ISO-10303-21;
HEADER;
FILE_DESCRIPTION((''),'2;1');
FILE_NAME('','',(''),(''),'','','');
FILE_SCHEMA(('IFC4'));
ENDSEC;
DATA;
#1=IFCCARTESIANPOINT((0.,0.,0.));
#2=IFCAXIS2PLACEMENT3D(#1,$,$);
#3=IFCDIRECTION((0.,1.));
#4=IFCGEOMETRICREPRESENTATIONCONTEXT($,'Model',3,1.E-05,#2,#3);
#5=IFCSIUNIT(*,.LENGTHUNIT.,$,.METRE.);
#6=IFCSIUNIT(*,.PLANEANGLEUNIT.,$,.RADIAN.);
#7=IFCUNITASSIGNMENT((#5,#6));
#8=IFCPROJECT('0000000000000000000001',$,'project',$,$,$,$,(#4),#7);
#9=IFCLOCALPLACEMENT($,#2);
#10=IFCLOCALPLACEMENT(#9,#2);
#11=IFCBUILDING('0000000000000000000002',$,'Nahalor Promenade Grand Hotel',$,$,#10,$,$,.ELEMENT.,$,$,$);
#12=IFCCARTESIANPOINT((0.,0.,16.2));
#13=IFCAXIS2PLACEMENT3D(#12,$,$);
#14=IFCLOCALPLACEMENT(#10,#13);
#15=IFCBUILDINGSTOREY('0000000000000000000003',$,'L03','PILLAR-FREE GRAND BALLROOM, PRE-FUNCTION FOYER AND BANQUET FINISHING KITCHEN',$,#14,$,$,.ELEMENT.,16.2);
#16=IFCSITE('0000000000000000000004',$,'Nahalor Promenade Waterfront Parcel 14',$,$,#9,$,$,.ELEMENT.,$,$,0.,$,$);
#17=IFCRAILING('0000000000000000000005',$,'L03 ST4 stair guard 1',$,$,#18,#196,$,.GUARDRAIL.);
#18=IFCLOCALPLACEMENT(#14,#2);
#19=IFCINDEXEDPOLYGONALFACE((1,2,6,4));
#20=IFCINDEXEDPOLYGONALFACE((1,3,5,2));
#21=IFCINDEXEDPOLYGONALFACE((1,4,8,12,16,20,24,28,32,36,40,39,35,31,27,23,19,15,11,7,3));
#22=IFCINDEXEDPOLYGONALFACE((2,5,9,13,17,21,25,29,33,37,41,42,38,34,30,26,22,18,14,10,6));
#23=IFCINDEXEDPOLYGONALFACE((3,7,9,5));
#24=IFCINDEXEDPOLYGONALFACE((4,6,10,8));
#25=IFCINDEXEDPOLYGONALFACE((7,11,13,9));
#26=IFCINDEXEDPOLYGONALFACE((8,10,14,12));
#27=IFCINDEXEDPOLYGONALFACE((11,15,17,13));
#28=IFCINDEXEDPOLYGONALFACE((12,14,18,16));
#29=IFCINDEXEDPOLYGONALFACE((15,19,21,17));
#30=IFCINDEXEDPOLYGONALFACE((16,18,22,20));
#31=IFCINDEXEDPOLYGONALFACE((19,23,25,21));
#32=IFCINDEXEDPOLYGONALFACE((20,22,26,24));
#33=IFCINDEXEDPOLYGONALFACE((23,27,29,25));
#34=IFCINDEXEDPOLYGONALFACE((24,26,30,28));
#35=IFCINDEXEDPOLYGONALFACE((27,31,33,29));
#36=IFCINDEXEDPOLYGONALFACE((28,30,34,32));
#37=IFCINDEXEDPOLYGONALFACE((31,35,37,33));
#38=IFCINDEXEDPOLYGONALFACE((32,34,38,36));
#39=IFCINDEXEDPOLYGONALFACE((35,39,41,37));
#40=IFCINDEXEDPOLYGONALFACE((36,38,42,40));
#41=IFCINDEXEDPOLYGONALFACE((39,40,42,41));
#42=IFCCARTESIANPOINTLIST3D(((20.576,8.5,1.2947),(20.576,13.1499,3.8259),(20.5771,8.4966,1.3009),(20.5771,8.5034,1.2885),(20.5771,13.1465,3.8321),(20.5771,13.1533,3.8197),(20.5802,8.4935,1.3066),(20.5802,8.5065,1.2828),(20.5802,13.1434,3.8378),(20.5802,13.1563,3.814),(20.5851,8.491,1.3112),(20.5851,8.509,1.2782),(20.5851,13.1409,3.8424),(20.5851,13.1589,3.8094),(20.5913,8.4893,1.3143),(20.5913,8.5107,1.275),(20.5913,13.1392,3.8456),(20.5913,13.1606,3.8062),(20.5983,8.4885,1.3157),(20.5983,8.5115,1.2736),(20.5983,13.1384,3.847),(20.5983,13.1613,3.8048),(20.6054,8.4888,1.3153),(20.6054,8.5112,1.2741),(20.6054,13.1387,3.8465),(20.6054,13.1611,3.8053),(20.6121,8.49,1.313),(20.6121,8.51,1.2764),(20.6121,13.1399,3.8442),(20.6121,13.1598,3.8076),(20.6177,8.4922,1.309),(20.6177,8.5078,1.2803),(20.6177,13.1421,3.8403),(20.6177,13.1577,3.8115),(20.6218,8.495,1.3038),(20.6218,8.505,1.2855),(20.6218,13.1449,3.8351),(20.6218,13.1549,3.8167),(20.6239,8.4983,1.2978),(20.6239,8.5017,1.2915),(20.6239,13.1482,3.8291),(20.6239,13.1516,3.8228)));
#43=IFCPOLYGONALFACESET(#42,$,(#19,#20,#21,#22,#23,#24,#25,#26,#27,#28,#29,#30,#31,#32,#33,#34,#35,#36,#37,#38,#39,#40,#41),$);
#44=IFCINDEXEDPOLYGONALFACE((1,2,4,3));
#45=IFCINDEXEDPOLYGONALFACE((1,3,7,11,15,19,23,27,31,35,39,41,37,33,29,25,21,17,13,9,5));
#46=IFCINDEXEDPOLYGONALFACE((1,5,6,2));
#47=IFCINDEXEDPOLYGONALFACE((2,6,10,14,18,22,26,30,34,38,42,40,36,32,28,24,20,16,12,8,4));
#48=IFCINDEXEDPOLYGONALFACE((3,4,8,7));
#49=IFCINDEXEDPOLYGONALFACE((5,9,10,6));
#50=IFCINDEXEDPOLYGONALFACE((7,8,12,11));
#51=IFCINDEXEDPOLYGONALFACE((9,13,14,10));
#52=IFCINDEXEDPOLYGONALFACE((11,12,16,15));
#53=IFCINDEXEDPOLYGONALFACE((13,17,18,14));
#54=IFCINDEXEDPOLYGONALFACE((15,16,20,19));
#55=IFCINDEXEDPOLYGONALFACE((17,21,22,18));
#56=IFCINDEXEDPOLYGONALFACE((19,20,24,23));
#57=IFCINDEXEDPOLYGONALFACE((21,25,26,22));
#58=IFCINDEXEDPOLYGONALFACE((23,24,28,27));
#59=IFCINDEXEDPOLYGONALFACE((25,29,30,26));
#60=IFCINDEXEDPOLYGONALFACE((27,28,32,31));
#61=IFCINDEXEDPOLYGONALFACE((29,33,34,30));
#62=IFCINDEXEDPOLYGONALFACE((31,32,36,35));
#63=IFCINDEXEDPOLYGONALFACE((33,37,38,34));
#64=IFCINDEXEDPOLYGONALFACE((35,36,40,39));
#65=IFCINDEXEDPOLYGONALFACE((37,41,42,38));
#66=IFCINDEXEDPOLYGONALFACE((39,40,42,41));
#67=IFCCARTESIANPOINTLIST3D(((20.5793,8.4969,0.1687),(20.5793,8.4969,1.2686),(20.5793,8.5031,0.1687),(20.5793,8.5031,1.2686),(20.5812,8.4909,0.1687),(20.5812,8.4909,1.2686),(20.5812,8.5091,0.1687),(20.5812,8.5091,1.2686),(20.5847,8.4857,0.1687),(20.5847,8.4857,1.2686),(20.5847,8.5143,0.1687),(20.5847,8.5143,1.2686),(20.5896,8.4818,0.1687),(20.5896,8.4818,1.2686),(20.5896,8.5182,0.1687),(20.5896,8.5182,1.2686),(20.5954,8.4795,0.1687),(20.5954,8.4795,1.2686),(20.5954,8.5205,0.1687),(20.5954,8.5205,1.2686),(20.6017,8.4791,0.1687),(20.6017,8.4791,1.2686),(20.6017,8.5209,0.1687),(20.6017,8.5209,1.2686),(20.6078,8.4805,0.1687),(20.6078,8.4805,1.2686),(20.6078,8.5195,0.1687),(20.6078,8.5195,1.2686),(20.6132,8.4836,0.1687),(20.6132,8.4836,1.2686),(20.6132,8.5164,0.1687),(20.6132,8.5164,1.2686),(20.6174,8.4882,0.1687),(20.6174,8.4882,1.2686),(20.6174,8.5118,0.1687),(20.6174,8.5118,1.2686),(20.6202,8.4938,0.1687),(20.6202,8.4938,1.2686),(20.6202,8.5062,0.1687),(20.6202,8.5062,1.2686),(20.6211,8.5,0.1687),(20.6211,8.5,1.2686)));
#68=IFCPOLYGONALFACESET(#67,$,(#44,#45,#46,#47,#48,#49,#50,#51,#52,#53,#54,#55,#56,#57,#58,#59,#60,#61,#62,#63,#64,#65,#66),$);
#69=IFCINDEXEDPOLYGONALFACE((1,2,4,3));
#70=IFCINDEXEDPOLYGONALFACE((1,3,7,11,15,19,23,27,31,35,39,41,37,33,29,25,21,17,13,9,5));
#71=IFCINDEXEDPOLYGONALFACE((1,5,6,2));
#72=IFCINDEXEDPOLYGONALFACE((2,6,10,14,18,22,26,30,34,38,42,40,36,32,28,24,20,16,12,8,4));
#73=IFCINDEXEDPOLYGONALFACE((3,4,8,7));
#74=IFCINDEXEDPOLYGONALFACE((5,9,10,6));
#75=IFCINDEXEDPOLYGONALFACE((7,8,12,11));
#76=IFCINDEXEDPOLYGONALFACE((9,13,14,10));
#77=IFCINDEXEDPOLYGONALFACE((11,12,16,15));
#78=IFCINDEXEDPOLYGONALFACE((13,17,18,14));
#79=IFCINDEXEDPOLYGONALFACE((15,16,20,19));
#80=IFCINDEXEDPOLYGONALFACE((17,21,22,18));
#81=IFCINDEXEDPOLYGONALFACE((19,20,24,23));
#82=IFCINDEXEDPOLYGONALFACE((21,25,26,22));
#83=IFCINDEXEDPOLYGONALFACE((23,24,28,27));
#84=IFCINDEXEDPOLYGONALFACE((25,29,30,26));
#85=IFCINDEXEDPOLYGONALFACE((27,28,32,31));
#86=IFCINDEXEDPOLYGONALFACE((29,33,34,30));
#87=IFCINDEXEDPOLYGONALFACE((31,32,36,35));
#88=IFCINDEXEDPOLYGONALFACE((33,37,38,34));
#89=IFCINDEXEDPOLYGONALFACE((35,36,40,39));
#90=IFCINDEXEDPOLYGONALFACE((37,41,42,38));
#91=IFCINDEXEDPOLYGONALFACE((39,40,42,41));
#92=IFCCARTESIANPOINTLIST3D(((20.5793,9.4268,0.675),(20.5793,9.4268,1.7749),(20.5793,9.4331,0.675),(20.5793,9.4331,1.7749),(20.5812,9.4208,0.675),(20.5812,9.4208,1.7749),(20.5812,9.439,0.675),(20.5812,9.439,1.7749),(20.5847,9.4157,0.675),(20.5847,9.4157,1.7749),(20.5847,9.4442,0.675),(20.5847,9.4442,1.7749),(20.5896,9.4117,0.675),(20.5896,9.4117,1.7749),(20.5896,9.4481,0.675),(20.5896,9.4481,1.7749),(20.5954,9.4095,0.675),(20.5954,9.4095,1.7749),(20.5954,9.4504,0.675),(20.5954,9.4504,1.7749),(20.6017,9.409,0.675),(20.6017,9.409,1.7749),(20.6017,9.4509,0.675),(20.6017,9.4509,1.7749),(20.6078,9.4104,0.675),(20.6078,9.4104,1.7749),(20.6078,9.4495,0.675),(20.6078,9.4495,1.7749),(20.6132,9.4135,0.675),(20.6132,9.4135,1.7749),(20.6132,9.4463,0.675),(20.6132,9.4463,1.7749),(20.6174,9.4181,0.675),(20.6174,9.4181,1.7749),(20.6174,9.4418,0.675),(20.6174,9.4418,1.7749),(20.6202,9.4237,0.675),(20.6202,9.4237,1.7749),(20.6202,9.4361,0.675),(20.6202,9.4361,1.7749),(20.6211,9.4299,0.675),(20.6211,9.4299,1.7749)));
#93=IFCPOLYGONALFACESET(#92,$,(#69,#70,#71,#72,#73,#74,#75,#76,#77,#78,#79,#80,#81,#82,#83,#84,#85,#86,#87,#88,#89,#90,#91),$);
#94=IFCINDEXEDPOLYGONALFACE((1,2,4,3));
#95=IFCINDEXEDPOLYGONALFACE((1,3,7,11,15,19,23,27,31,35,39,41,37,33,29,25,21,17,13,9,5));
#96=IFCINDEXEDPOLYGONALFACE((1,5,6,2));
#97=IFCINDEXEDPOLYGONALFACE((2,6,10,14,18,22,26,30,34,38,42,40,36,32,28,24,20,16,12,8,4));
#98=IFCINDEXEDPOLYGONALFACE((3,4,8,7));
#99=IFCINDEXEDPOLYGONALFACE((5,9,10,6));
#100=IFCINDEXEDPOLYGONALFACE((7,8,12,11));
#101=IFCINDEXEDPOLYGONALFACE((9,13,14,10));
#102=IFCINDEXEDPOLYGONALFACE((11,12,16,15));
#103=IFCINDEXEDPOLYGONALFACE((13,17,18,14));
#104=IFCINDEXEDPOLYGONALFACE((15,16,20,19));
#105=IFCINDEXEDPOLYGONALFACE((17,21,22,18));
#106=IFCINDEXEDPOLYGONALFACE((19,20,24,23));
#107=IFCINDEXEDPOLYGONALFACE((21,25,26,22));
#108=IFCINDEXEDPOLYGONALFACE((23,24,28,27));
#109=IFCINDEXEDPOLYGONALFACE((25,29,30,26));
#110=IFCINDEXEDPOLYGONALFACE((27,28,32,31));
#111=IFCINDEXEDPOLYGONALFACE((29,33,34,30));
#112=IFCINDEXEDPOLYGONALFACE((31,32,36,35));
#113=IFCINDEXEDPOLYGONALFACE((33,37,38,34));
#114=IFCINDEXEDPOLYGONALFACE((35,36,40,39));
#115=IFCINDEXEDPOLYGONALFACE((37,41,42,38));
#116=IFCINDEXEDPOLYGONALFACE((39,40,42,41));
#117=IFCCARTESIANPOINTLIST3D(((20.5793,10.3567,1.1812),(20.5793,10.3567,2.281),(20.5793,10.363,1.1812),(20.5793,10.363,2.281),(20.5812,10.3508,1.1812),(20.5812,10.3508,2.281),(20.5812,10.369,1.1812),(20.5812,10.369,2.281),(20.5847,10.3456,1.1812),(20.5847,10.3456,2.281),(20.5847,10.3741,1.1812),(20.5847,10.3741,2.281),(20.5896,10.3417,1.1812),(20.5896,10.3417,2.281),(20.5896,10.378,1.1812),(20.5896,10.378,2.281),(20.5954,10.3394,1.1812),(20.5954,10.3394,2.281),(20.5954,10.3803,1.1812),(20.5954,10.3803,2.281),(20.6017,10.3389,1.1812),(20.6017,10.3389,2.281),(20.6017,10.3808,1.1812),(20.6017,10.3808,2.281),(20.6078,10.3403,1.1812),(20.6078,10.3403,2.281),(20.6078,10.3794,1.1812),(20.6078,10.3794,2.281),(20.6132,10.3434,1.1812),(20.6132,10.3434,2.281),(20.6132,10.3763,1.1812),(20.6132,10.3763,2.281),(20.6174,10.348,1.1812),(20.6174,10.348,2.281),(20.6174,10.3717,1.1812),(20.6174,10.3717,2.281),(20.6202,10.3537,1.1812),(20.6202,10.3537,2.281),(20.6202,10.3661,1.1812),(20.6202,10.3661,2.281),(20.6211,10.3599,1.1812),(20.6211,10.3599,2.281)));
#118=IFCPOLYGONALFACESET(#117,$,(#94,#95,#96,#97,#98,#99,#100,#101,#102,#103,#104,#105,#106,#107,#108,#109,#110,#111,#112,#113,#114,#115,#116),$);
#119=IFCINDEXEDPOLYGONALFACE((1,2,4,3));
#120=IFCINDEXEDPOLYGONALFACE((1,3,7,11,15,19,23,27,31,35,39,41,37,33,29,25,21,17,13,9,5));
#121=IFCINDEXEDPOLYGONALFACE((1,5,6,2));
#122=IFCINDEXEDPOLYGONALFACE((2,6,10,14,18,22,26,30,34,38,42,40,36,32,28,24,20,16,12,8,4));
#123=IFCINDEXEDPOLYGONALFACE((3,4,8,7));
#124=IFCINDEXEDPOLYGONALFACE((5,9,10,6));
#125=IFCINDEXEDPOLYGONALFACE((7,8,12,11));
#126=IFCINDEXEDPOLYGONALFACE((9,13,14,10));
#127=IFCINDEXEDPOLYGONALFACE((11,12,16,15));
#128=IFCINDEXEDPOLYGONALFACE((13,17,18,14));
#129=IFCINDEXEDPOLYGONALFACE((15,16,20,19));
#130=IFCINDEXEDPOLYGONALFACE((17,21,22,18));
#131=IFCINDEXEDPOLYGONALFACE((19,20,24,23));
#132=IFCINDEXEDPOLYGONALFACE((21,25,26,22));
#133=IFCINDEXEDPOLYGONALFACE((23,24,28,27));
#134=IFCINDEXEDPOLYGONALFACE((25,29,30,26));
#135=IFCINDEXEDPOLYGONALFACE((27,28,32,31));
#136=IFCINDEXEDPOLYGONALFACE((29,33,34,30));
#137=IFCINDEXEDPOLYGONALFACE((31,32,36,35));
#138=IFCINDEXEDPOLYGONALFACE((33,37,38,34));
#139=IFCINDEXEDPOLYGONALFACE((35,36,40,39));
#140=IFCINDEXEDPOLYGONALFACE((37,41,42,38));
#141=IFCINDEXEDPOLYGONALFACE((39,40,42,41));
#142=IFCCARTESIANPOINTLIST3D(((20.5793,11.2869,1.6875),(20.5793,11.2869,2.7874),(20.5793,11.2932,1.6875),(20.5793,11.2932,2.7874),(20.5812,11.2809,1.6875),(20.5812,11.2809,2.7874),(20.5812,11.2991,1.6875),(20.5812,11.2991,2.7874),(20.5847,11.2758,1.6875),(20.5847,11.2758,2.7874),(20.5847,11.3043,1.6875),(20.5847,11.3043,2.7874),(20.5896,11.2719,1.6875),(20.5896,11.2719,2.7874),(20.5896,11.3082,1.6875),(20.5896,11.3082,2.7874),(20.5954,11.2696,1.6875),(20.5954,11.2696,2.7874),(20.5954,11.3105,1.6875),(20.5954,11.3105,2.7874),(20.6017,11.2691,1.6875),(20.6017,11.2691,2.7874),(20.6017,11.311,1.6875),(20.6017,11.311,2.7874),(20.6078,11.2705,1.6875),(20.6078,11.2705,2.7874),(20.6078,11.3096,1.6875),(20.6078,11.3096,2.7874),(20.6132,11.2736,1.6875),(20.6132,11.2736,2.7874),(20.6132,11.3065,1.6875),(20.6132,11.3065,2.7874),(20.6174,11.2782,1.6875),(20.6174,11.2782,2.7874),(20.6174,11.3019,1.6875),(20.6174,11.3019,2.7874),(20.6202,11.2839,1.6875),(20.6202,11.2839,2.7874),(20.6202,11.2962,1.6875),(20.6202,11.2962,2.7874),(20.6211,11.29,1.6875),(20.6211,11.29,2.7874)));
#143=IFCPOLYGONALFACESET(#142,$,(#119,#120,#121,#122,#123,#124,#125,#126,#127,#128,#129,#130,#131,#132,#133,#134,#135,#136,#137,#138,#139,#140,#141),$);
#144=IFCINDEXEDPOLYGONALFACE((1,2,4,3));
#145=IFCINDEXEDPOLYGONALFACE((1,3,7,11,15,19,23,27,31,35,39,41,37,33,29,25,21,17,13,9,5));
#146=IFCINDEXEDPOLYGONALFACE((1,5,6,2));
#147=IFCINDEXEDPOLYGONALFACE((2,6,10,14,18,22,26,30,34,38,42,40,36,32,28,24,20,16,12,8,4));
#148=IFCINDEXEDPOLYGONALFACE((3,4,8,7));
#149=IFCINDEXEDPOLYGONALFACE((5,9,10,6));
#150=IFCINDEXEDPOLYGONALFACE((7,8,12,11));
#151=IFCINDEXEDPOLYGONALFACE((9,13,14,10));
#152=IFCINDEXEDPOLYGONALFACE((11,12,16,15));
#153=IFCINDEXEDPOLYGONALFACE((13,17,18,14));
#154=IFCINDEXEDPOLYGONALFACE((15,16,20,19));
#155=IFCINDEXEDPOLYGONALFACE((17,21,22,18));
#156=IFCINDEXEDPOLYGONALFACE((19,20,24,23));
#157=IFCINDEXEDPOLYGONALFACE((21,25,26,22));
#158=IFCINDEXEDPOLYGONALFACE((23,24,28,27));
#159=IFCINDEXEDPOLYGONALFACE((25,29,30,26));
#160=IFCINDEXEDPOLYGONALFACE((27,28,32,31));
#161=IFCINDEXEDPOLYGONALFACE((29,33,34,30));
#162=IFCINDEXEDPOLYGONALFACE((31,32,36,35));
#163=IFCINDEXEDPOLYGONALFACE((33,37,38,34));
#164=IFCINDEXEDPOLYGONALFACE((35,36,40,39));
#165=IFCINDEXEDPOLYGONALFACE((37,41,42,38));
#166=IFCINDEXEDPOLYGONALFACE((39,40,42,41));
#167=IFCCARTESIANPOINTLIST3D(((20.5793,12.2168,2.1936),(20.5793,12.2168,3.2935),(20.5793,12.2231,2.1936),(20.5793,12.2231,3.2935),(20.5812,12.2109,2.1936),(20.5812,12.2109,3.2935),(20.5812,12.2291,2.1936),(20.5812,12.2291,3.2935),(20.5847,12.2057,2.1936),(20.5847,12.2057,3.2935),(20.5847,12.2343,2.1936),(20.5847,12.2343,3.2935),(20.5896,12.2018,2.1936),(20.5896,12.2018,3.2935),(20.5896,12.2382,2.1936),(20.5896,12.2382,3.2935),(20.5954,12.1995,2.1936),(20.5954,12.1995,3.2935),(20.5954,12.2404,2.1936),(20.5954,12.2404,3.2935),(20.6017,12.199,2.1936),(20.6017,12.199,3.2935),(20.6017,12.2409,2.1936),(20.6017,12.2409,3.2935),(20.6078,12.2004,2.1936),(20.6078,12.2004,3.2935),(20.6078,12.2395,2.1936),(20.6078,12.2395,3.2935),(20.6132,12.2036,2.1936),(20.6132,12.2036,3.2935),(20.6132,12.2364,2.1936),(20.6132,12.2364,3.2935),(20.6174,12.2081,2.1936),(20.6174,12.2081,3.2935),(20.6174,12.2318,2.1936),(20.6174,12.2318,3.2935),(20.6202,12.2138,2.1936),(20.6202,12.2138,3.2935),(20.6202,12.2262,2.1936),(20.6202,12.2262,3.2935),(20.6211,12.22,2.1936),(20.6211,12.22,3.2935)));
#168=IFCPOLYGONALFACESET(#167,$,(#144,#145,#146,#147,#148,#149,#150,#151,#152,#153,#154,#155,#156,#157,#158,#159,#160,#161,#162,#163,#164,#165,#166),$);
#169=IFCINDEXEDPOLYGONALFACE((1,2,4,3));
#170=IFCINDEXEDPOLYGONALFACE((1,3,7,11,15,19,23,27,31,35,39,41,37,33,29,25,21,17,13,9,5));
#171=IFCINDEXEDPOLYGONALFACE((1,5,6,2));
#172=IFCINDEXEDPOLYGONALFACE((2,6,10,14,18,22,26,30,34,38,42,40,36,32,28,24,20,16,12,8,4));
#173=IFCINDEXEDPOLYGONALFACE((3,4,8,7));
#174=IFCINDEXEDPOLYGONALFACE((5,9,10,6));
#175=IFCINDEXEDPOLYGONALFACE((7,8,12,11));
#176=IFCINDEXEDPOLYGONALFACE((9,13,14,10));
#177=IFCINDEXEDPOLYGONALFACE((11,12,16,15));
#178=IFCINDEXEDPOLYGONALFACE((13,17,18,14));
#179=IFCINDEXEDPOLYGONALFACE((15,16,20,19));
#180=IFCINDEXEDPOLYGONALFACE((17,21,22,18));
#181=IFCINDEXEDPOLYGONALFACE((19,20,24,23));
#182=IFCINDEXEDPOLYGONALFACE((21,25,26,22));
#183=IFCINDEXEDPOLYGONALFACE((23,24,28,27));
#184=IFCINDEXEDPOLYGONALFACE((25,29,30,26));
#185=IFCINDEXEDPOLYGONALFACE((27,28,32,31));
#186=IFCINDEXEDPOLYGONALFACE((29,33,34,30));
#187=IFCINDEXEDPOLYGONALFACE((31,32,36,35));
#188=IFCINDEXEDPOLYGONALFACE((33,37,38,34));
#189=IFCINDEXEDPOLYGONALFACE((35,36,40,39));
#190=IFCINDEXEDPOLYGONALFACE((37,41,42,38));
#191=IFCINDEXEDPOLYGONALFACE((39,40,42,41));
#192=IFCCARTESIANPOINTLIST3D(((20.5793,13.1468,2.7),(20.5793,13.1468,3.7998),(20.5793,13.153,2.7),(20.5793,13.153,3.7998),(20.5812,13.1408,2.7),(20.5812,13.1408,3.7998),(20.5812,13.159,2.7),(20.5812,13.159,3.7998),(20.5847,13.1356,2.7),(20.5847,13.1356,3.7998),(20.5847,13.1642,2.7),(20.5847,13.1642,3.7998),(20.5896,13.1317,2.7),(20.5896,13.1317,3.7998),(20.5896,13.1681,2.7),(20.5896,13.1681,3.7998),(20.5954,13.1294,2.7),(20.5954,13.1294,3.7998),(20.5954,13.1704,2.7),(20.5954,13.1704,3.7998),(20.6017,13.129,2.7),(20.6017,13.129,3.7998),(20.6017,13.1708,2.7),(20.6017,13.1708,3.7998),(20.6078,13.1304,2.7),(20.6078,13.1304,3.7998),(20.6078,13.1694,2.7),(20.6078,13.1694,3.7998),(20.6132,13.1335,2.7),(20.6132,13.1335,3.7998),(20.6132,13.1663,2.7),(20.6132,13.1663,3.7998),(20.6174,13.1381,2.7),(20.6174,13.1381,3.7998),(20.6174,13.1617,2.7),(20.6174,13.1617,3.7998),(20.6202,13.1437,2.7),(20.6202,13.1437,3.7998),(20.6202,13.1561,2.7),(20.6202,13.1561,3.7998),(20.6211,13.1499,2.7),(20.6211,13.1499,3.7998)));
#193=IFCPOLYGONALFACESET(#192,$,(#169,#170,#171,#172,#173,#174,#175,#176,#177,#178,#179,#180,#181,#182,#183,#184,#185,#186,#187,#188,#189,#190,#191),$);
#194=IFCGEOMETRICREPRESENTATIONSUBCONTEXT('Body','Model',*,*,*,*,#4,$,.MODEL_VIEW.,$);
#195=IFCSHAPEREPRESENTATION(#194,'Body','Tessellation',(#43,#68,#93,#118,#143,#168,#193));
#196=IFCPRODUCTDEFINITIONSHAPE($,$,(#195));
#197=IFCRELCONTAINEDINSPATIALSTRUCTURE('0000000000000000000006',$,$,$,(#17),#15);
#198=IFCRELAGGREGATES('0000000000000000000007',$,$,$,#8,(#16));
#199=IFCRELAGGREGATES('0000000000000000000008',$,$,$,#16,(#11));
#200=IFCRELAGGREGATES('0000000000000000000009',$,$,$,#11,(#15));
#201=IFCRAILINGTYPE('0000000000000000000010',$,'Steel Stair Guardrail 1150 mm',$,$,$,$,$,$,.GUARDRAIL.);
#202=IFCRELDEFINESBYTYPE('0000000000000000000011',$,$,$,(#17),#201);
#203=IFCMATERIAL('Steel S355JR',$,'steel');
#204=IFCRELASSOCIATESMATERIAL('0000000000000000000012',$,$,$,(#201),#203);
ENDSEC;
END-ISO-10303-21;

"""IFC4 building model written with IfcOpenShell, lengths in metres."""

from ifc_helpers import new_model, si_unit, direction, frame, origin, origin_2d, place, context, subcontext, project, spatial, circle, extrude, material, type_object, element, save


model = new_model("IFC4")

# Units and contexts
model_context = context("Model", 3, precision=1e-05, world=origin(), true_north=direction((0.0, 1.0)))
body_context = subcontext(model_context, "Body", "Model", "MODEL_VIEW")
ifc_project = project(units=[si_unit("LENGTHUNIT", "METRE"), si_unit("PLANEANGLEUNIT", "RADIAN")], contexts=[model_context])

# Site, building, storey
site_placement = place(None, origin())
site = spatial("IfcSite", under=ifc_project, at=site_placement, Name="Nahalor Promenade Waterfront Parcel 14", CompositionType="ELEMENT", RefElevation=0.0)
building_placement = place(site_placement, origin())
building = spatial("IfcBuilding", under=site, at=building_placement, Name="Nahalor Promenade Grand Hotel", CompositionType="ELEMENT")
storey_placement = place(building_placement, frame((0.0, 0.0, 16.2)))
storey = spatial("IfcBuildingStorey", under=building, at=storey_placement, Name="L03", Description="PILLAR-FREE GRAND BALLROOM, PRE-FUNCTION FOYER AND BANQUET FINISHING KITCHEN", CompositionType="ELEMENT", Elevation=16.2)

# Shared definitions
ifc_material_1 = material(Name="Steel S355JR", Category="steel")

# Railing
railing_type_1 = type_object("IfcRailingType", Name="Steel Stair Guardrail 1150 mm", PredefinedType="GUARDRAIL", material=ifc_material_1)
railing_1_placement = place(storey_placement, frame((20.6001, 8.5, 0.1687)))
element("IfcRailing", 1, at=railing_1_placement, inside=storey, type_object=railing_type_1, Name="L03 ST4 stair guard 1", PredefinedType="GUARDRAIL", context=body_context, shape_type="SweptSolid", body=[
    extrude(circle(Radius=0.024, at=origin_2d()), frame((0.0, 0.0, 1.126), z_axis=(0.0, 0.878297, 0.478115), x_axis=(-1.0, 0.0, 0.0)), (0.0, 0.0, 1.0), 5.2942),
    extrude(circle(Radius=0.021, at=origin_2d()), origin(), (0.0, 0.0, 1.0), 1.0999),
    extrude(circle(Radius=0.021, at=origin_2d()), frame((0.0, 0.9299, 0.5063)), (0.0, 0.0, 1.0), 1.0999),
    extrude(circle(Radius=0.021, at=origin_2d()), frame((0.0, 1.8599, 1.0125)), (0.0, 0.0, 1.0), 1.0999),
    extrude(circle(Radius=0.021, at=origin_2d()), frame((0.0, 2.79, 1.5188)), (0.0, 0.0, 1.0), 1.0999),
    extrude(circle(Radius=0.021, at=origin_2d()), frame((0.0, 3.72, 2.0249)), (0.0, 0.0, 1.0), 1.0999),
    extrude(circle(Radius=0.021, at=origin_2d()), frame((0.0, 4.6499, 2.5312)), (0.0, 0.0, 1.0), 1.0999),
])

save(model, "model.ifc")
